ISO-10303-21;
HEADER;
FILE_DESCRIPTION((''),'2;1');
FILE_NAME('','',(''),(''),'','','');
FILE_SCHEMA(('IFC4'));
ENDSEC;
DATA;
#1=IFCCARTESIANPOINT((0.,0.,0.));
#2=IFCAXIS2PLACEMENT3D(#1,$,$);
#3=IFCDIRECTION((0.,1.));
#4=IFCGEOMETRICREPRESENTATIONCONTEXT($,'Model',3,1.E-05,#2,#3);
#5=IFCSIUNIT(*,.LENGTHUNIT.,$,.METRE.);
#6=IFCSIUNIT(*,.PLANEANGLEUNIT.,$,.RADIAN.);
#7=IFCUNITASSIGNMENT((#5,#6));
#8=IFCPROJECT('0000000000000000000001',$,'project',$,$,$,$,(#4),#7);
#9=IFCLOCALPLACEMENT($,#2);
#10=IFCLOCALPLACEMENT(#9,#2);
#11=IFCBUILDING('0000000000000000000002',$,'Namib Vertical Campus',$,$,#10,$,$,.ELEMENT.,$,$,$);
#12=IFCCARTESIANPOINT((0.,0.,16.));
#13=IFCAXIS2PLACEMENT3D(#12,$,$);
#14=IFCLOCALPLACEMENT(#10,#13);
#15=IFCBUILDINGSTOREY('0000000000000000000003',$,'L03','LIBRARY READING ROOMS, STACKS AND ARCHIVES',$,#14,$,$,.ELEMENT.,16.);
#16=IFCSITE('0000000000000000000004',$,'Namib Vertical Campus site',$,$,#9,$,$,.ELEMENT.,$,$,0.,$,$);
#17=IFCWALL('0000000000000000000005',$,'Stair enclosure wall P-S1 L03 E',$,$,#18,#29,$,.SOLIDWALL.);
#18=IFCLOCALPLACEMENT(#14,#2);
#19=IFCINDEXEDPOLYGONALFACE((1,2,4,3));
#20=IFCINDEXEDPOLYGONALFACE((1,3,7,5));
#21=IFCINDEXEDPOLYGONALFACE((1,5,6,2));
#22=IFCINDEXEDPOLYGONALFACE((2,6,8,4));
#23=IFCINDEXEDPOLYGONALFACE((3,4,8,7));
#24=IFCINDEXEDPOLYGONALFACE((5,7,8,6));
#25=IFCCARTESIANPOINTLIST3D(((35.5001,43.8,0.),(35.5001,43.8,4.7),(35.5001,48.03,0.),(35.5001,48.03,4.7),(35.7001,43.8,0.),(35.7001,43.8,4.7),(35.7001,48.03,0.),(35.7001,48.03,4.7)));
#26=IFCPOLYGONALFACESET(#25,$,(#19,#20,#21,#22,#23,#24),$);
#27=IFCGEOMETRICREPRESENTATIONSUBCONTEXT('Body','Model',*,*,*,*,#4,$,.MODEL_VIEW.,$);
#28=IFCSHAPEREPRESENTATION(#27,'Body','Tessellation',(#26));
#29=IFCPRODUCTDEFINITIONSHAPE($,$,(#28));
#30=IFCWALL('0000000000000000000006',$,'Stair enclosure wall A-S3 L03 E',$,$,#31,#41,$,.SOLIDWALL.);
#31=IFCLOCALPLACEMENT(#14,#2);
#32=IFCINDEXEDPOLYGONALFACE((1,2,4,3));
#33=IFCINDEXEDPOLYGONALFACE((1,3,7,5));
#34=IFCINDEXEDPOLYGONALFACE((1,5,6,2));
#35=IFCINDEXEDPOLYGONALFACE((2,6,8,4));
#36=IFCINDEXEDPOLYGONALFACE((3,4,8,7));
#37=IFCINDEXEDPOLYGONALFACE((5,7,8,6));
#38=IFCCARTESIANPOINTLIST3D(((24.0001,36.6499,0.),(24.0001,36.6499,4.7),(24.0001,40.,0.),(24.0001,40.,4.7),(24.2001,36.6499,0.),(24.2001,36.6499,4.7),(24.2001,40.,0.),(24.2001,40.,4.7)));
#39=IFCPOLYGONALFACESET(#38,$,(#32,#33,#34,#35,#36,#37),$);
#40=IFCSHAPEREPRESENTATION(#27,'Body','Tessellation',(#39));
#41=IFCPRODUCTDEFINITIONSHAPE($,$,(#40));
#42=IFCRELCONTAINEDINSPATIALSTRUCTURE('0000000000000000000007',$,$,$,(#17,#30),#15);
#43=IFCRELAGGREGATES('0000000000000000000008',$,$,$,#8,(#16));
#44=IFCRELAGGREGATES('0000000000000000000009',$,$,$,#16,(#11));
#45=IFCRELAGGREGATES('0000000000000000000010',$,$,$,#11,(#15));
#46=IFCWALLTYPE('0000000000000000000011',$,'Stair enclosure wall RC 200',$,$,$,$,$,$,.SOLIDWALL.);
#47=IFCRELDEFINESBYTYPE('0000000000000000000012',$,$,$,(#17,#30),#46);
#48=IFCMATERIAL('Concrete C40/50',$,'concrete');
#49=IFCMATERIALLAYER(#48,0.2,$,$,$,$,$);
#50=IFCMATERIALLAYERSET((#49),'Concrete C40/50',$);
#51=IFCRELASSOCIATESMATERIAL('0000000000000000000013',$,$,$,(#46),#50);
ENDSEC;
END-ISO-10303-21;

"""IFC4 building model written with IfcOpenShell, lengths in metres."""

from ifc_helpers import new_model, si_unit, direction, frame, frame_2d, origin, place, context, subcontext, project, spatial, rectangle, extrude, material, layer, layer_set, type_object, element, save


model = new_model("IFC4")

# Units and contexts
model_context = context("Model", 3, precision=1e-05, world=origin(), true_north=direction((0.0, 1.0)))
body_context = subcontext(model_context, "Body", "Model", "MODEL_VIEW")
ifc_project = project(units=[si_unit("LENGTHUNIT", "METRE"), si_unit("PLANEANGLEUNIT", "RADIAN")], contexts=[model_context])

# Site, building, storey
site_placement = place(None, origin())
site = spatial("IfcSite", under=ifc_project, at=site_placement, Name="Namib Vertical Campus site", CompositionType="ELEMENT", RefElevation=0.0)
building_placement = place(site_placement, origin())
building = spatial("IfcBuilding", under=site, at=building_placement, Name="Namib Vertical Campus", CompositionType="ELEMENT")
storey_placement = place(building_placement, frame((0.0, 0.0, 16.0)))
storey = spatial("IfcBuildingStorey", under=building, at=storey_placement, Name="L03", Description="LIBRARY READING ROOMS, STACKS AND ARCHIVES", CompositionType="ELEMENT", Elevation=16.0)

# Shared definitions
ifc_material_1 = material(Name="Concrete C40/50", Category="concrete")
ifc_layer_1 = layer(ifc_material_1, 0.2)
ifc_layer_set_1 = layer_set([ifc_layer_1], Name="Concrete C40/50")
wall_type_1 = type_object("IfcWallType", Name="Stair enclosure wall RC 200", PredefinedType="SOLIDWALL", material=ifc_layer_set_1)

# Walls
for number, where, z_axis, x_axis, name in (
    (1, (35.6001, 43.8, 0.0), (0.0, 0.0, 1.0), (0.0, 1.0, 0.0), "Stair enclosure wall P-S1 L03 E"),
):
    element("IfcWall", number, at=place(storey_placement, frame(where, z_axis=z_axis, x_axis=x_axis)), inside=storey, type_object=wall_type_1, Name=name, PredefinedType="SOLIDWALL", context=body_context, shape_type="SweptSolid", body=[
        extrude(rectangle(XDim=4.23, YDim=0.2, at=frame_2d((2.115, 0.0))), origin(), (0.0, 0.0, 1.0), 4.7),
    ])
wall_1_placement = place(storey_placement, frame((24.1001, 36.6499, 0.0), z_axis=(0.0, 0.0, 1.0), x_axis=(0.0, 1.0, 0.0)))
element("IfcWall", 2, at=wall_1_placement, inside=storey, type_object=wall_type_1, Name="Stair enclosure wall A-S3 L03 E", PredefinedType="SOLIDWALL", context=body_context, shape_type="SweptSolid", body=[
    extrude(rectangle(XDim=3.3501, YDim=0.2, at=frame_2d((1.675, 0.0))), origin(), (0.0, 0.0, 1.0), 4.7),
])

save(model, "model.ifc")
